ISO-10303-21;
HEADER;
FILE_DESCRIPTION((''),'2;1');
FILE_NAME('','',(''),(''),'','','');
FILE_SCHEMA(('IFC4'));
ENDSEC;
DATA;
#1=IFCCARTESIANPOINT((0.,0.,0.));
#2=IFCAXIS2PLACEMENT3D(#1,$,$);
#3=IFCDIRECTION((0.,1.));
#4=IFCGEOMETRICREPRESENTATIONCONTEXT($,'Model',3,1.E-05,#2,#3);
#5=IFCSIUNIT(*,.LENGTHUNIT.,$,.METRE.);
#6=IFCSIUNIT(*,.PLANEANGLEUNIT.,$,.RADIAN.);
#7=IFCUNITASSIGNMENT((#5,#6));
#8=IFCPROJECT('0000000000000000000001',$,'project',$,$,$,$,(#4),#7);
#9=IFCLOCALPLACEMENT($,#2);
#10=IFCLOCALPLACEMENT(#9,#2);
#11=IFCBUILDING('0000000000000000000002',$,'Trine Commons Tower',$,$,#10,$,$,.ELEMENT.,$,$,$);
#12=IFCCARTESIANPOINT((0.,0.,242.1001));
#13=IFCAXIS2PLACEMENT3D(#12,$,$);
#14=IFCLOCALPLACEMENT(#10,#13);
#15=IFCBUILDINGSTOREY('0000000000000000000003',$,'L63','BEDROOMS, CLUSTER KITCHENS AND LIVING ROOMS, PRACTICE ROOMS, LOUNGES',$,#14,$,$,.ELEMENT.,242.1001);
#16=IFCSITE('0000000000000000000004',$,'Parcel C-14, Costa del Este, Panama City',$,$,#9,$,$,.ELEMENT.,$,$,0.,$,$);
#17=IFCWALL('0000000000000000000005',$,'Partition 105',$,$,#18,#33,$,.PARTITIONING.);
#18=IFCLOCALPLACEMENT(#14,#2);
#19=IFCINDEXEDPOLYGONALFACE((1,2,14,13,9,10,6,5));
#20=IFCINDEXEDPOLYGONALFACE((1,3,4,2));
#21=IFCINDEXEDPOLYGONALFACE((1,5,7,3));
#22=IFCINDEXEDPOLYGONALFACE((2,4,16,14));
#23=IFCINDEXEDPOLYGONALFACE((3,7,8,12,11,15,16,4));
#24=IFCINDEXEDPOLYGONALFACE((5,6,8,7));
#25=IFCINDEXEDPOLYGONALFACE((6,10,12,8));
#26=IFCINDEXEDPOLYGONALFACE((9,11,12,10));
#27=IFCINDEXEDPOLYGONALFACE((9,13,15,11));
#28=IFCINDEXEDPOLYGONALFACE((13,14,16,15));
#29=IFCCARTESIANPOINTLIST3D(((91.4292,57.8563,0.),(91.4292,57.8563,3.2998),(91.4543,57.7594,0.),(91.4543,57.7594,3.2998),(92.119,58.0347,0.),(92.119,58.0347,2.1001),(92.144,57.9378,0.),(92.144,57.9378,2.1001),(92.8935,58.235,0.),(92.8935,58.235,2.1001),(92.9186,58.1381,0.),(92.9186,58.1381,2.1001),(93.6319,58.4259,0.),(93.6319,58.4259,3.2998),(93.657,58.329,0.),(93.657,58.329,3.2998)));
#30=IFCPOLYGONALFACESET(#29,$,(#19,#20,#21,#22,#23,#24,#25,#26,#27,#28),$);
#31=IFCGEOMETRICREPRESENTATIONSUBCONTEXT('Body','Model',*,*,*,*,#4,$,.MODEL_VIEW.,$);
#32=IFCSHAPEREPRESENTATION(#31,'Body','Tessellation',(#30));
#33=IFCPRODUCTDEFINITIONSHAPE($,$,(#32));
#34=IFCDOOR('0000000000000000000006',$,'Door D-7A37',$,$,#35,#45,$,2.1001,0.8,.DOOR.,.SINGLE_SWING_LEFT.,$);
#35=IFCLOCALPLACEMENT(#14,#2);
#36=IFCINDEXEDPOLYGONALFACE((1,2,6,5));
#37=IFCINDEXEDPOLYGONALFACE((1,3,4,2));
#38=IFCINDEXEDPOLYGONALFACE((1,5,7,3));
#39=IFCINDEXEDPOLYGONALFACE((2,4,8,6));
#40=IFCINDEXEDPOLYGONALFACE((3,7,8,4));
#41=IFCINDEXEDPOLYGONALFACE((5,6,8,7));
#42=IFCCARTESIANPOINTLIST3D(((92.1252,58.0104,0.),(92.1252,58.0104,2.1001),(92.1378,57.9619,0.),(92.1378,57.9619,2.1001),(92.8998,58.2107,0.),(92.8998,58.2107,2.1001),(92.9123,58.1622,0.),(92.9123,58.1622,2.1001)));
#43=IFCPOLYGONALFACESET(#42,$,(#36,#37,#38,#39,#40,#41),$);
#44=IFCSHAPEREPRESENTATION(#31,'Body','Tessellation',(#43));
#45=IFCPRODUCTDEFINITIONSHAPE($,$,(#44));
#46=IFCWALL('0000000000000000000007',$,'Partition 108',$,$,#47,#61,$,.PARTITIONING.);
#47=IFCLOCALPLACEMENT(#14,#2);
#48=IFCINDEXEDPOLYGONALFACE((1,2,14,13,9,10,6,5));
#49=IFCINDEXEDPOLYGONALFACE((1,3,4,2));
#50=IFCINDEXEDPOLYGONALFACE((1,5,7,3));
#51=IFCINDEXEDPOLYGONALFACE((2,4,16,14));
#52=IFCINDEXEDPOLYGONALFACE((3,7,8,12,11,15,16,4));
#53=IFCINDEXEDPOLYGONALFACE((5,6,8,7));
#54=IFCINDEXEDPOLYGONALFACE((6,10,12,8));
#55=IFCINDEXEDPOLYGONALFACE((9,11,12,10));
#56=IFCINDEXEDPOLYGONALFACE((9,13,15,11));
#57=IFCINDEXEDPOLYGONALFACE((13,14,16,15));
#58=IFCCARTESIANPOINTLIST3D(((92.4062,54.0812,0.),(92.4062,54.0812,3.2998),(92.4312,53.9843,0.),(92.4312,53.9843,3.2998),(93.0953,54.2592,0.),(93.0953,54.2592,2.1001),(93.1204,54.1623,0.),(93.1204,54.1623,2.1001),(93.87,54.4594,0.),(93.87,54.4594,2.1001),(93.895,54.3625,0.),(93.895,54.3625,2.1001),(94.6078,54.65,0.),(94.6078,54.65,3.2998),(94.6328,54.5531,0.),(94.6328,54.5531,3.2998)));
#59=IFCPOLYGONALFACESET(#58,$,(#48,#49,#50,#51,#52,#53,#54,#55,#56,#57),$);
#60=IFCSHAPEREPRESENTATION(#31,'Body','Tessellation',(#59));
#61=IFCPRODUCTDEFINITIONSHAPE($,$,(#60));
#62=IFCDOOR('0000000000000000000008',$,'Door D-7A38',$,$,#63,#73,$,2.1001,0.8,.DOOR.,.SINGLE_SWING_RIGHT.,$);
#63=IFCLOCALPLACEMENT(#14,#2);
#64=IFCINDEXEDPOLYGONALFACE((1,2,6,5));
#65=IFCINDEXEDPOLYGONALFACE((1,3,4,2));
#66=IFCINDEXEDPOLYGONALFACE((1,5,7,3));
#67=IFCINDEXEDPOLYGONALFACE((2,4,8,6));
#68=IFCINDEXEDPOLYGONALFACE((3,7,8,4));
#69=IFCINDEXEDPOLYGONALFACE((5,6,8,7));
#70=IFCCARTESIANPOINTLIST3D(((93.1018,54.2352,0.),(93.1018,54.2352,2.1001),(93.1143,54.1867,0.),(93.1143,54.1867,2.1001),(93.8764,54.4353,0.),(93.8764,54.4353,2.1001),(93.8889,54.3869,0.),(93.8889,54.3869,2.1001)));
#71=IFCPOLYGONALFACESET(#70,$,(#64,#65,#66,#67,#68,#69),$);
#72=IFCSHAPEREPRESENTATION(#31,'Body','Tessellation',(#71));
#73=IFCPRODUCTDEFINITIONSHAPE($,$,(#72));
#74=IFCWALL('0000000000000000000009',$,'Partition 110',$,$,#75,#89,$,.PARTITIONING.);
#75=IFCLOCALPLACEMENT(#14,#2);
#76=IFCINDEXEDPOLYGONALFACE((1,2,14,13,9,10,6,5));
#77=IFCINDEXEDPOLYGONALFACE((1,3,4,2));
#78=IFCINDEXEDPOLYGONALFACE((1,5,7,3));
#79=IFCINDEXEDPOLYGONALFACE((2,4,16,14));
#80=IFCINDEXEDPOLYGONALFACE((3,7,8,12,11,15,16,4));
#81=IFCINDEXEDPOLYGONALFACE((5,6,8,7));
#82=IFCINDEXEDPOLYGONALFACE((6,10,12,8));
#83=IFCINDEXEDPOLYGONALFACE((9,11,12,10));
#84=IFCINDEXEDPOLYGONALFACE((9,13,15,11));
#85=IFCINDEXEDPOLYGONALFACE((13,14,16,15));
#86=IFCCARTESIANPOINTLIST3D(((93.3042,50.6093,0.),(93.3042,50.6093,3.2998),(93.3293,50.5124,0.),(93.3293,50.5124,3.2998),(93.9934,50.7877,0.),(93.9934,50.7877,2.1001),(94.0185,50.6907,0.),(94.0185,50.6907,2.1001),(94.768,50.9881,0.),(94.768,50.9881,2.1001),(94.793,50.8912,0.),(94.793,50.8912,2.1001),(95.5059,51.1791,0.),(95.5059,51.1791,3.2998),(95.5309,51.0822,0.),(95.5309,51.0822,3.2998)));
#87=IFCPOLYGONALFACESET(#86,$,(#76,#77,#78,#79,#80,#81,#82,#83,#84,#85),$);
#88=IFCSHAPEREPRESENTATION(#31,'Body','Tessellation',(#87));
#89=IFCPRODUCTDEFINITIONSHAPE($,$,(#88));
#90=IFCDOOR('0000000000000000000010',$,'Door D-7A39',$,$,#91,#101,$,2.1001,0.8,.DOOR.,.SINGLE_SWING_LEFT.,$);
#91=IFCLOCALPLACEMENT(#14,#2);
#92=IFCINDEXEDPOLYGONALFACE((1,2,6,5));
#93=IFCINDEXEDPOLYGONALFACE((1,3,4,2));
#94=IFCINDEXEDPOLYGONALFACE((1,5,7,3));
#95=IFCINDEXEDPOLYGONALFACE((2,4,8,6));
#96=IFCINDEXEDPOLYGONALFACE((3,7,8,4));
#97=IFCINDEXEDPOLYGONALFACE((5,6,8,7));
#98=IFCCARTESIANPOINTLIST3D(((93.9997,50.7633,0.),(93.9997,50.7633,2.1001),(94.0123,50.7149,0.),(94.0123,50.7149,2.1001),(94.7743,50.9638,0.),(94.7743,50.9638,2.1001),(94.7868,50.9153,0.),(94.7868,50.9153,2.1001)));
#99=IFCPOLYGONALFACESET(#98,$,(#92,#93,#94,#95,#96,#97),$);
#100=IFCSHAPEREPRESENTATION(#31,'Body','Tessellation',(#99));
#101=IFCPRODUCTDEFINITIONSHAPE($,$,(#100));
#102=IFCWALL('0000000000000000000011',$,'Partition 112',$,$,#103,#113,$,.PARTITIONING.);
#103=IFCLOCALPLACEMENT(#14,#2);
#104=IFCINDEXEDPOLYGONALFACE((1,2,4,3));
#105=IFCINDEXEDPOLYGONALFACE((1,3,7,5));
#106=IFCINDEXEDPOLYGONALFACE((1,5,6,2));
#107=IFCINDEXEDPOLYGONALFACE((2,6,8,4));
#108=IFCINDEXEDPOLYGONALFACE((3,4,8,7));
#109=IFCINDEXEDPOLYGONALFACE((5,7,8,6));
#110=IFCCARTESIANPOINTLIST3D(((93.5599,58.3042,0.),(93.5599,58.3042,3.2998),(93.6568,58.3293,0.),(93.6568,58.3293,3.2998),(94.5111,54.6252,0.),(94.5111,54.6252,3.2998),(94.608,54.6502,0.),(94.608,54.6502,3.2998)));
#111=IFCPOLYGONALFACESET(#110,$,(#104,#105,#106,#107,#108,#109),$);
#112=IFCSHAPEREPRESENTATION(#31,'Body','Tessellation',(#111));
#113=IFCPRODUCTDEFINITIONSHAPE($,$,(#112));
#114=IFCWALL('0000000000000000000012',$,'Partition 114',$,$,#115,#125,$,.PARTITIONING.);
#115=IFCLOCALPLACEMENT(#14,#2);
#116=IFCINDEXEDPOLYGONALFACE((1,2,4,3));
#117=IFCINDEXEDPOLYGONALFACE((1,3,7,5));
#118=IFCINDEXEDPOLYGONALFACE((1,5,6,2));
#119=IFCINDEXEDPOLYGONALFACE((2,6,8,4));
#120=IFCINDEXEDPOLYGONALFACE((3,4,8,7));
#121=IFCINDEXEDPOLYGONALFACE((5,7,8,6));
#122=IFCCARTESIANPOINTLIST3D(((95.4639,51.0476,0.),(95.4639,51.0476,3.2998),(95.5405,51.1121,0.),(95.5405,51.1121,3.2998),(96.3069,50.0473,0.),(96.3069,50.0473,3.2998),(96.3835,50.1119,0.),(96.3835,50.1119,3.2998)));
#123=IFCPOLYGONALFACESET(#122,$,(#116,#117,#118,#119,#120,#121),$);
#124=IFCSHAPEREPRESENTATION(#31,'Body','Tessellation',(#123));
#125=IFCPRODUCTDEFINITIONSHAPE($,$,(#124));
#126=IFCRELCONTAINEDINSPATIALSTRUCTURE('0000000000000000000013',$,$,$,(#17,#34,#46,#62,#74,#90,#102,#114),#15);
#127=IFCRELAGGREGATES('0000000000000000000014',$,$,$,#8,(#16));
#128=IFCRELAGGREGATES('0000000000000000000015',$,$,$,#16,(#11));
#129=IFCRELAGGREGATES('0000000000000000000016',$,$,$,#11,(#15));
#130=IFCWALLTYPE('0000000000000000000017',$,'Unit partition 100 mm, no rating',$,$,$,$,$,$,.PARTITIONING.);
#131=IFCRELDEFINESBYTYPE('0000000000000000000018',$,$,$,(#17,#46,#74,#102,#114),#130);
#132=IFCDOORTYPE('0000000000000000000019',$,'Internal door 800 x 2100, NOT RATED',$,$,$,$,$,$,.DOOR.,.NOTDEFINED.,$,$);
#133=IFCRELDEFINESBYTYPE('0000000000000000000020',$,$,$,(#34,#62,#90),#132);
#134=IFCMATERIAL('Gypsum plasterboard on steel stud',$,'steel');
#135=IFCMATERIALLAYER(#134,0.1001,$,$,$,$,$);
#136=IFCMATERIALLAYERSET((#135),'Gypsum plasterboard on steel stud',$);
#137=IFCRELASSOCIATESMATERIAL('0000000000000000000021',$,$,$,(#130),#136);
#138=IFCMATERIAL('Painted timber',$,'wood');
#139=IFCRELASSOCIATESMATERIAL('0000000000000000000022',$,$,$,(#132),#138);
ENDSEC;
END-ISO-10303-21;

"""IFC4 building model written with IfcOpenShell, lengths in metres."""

from ifc_helpers import new_model, si_unit, direction, frame, frame_2d, origin, place, context, subcontext, project, spatial, rectangle, extrude, material, layer, layer_set, type_object, element, fill, save


model = new_model("IFC4")

# Units and contexts
model_context = context("Model", 3, precision=1e-05, world=origin(), true_north=direction((0.0, 1.0)))
body_context = subcontext(model_context, "Body", "Model", "MODEL_VIEW")
ifc_project = project(units=[si_unit("LENGTHUNIT", "METRE"), si_unit("PLANEANGLEUNIT", "RADIAN")], contexts=[model_context])

# Site, building, storey
site_placement = place(None, origin())
site = spatial("IfcSite", under=ifc_project, at=site_placement, Name="Parcel C-14, Costa del Este, Panama City", CompositionType="ELEMENT", RefElevation=0.0)
building_placement = place(site_placement, origin())
building = spatial("IfcBuilding", under=site, at=building_placement, Name="Trine Commons Tower", CompositionType="ELEMENT")
storey_placement = place(building_placement, frame((0.0, 0.0, 242.1001)))
storey = spatial("IfcBuildingStorey", under=building, at=storey_placement, Name="L63", Description="BEDROOMS, CLUSTER KITCHENS AND LIVING ROOMS, PRACTICE ROOMS, LOUNGES", CompositionType="ELEMENT", Elevation=242.1001)

# Shared definitions
ifc_material_1 = material(Name="Gypsum plasterboard on steel stud", Category="steel")

# Walls, openings, doors
ifc_layer_1 = layer(ifc_material_1, 0.1001)
ifc_layer_set_1 = layer_set([ifc_layer_1], Name="Gypsum plasterboard on steel stud")
wall_type_1 = type_object("IfcWallType", Name="Unit partition 100 mm, no rating", PredefinedType="PARTITIONING", material=ifc_layer_set_1)
wall_1_placement = place(storey_placement, frame((91.4417, 57.8079, 0.0), z_axis=(0.0, 0.0, 1.0), x_axis=(0.968154, 0.250355, 0.0)))
wall_1 = element("IfcWall", 1, at=wall_1_placement, inside=storey, type_object=wall_type_1, Name="Partition 105", PredefinedType="PARTITIONING", context=body_context, shape_type="SweptSolid", body=[
    extrude(rectangle(XDim=2.2751, YDim=0.1001, at=frame_2d((1.1377, 0.0))), origin(), (0.0, 0.0, 1.0), 3.2998),
])
opening_1_placement = place(wall_1_placement, frame((0.7126, 0.0, 0.0)))
opening_1 = element("IfcOpeningElement", 2, at=opening_1_placement, cuts=wall_1, PredefinedType="OPENING", context=body_context, shape_type="SweptSolid", body=[
    extrude(rectangle(XDim=0.8, YDim=2.1001, at=frame_2d((0.3999, 1.05))), frame((0.0, 0.0601, 0.0), z_axis=(0.0, -1.0, 0.0), x_axis=(1.0, 0.0, 0.0)), (0.0, 0.0, 1.0), 0.1201),
])
ifc_material_2 = material(Name="Painted timber", Category="wood")
door_type_1 = type_object("IfcDoorType", Name="Internal door 800 x 2100, NOT RATED", OperationType="NOTDEFINED", PredefinedType="DOOR", material=ifc_material_2)
door_1_placement = place(opening_1_placement, origin())
door_1 = element("IfcDoor", 3, at=door_1_placement, inside=storey, type_object=door_type_1, Name="Door D-7A37", OperationType="SINGLE_SWING_LEFT", OverallHeight=2.1001, OverallWidth=0.8, PredefinedType="DOOR", context=body_context, shape_type="SweptSolid", body=[
    extrude(rectangle(XDim=0.8, YDim=2.1001, at=frame_2d((0.3999, 1.05))), frame((0.0, 0.0249, 0.0), z_axis=(0.0, -1.0, 0.0), x_axis=(1.0, 0.0, 0.0)), (0.0, 0.0, 1.0), 0.05),
])
fill(opening_1, door_1)
wall_2_placement = place(storey_placement, frame((92.4187, 54.0327, 0.0), z_axis=(0.0, 0.0, 1.0), x_axis=(0.968205, 0.250157, 0.0)))
wall_2 = element("IfcWall", 4, at=wall_2_placement, inside=storey, type_object=wall_type_1, Name="Partition 108", PredefinedType="PARTITIONING", context=body_context, shape_type="SweptSolid", body=[
    extrude(rectangle(XDim=2.2739, YDim=0.1001, at=frame_2d((1.137, 0.0))), origin(), (0.0, 0.0, 1.0), 3.2998),
])
opening_2_placement = place(wall_2_placement, frame((0.7119, 0.0, 0.0)))
opening_2 = element("IfcOpeningElement", 5, at=opening_2_placement, cuts=wall_2, PredefinedType="OPENING", context=body_context, shape_type="SweptSolid", body=[
    extrude(rectangle(XDim=0.8, YDim=2.1001, at=frame_2d((0.3999, 1.05))), frame((0.0, 0.0601, 0.0), z_axis=(0.0, -1.0, 0.0), x_axis=(1.0, 0.0, 0.0)), (0.0, 0.0, 1.0), 0.1201),
])
door_2_placement = place(opening_2_placement, frame((0.8, 0.0, 0.0), z_axis=(0.0, 0.0, 1.0), x_axis=(-1.0, 0.0, 0.0)))
door_2 = element("IfcDoor", 6, at=door_2_placement, inside=storey, type_object=door_type_1, Name="Door D-7A38", OperationType="SINGLE_SWING_RIGHT", OverallHeight=2.1001, OverallWidth=0.8, PredefinedType="DOOR", context=body_context, shape_type="SweptSolid", body=[
    extrude(rectangle(XDim=0.8, YDim=2.1001, at=frame_2d((0.3999, 1.05))), frame((0.0, 0.0249, 0.0), z_axis=(0.0, -1.0, 0.0), x_axis=(1.0, 0.0, 0.0)), (0.0, 0.0, 1.0), 0.05),
])
fill(opening_2, door_2)
wall_3_placement = place(storey_placement, frame((93.3167, 50.5608, 0.0), z_axis=(0.0, 0.0, 1.0), x_axis=(0.968101, 0.25056, 0.0)))
wall_3 = element("IfcWall", 7, at=wall_3_placement, inside=storey, type_object=wall_type_1, Name="Partition 110", PredefinedType="PARTITIONING", context=body_context, shape_type="SweptSolid", body=[
    extrude(rectangle(XDim=2.2742, YDim=0.1001, at=frame_2d((1.1372, 0.0))), origin(), (0.0, 0.0, 1.0), 3.2998),
])
opening_3_placement = place(wall_3_placement, frame((0.7122, 0.0, 0.0)))
opening_3 = element("IfcOpeningElement", 8, at=opening_3_placement, cuts=wall_3, PredefinedType="OPENING", context=body_context, shape_type="SweptSolid", body=[
    extrude(rectangle(XDim=0.8, YDim=2.1001, at=frame_2d((0.3999, 1.05))), frame((0.0, 0.0601, 0.0), z_axis=(0.0, -1.0, 0.0), x_axis=(1.0, 0.0, 0.0)), (0.0, 0.0, 1.0), 0.1201),
])
door_3_placement = place(opening_3_placement, origin())
door_3 = element("IfcDoor", 9, at=door_3_placement, inside=storey, type_object=door_type_1, Name="Door D-7A39", OperationType="SINGLE_SWING_LEFT", OverallHeight=2.1001, OverallWidth=0.8, PredefinedType="DOOR", context=body_context, shape_type="SweptSolid", body=[
    extrude(rectangle(XDim=0.8, YDim=2.1001, at=frame_2d((0.3999, 1.05))), frame((0.0, 0.0249, 0.0), z_axis=(0.0, -1.0, 0.0), x_axis=(1.0, 0.0, 0.0)), (0.0, 0.0, 1.0), 0.05),
])
fill(opening_3, door_3)

# Walls
wall_4_placement = place(storey_placement, frame((93.6084, 58.3167, 0.0), z_axis=(0.0, 0.0, 1.0), x_axis=(0.250298, -0.968169, 0.0)))
element("IfcWall", 10, at=wall_4_placement, inside=storey, type_object=wall_type_1, Name="Partition 112", PredefinedType="PARTITIONING", context=body_context, shape_type="SweptSolid", body=[
    extrude(rectangle(XDim=3.8, YDim=0.1001, at=frame_2d((1.8999, 0.0))), origin(), (0.0, 0.0, 1.0), 3.2998),
])
wall_5_placement = place(storey_placement, frame((95.5022, 51.0798, 0.0), z_axis=(0.0, 0.0, 1.0), x_axis=(0.644452, -0.764645, 0.0)))
element("IfcWall", 11, at=wall_5_placement, inside=storey, type_object=wall_type_1, Name="Partition 114", PredefinedType="PARTITIONING", context=body_context, shape_type="SweptSolid", body=[
    extrude(rectangle(XDim=1.3081, YDim=0.1001, at=frame_2d((0.6541, 0.0))), origin(), (0.0, 0.0, 1.0), 3.2998),
])

save(model, "model.ifc")
